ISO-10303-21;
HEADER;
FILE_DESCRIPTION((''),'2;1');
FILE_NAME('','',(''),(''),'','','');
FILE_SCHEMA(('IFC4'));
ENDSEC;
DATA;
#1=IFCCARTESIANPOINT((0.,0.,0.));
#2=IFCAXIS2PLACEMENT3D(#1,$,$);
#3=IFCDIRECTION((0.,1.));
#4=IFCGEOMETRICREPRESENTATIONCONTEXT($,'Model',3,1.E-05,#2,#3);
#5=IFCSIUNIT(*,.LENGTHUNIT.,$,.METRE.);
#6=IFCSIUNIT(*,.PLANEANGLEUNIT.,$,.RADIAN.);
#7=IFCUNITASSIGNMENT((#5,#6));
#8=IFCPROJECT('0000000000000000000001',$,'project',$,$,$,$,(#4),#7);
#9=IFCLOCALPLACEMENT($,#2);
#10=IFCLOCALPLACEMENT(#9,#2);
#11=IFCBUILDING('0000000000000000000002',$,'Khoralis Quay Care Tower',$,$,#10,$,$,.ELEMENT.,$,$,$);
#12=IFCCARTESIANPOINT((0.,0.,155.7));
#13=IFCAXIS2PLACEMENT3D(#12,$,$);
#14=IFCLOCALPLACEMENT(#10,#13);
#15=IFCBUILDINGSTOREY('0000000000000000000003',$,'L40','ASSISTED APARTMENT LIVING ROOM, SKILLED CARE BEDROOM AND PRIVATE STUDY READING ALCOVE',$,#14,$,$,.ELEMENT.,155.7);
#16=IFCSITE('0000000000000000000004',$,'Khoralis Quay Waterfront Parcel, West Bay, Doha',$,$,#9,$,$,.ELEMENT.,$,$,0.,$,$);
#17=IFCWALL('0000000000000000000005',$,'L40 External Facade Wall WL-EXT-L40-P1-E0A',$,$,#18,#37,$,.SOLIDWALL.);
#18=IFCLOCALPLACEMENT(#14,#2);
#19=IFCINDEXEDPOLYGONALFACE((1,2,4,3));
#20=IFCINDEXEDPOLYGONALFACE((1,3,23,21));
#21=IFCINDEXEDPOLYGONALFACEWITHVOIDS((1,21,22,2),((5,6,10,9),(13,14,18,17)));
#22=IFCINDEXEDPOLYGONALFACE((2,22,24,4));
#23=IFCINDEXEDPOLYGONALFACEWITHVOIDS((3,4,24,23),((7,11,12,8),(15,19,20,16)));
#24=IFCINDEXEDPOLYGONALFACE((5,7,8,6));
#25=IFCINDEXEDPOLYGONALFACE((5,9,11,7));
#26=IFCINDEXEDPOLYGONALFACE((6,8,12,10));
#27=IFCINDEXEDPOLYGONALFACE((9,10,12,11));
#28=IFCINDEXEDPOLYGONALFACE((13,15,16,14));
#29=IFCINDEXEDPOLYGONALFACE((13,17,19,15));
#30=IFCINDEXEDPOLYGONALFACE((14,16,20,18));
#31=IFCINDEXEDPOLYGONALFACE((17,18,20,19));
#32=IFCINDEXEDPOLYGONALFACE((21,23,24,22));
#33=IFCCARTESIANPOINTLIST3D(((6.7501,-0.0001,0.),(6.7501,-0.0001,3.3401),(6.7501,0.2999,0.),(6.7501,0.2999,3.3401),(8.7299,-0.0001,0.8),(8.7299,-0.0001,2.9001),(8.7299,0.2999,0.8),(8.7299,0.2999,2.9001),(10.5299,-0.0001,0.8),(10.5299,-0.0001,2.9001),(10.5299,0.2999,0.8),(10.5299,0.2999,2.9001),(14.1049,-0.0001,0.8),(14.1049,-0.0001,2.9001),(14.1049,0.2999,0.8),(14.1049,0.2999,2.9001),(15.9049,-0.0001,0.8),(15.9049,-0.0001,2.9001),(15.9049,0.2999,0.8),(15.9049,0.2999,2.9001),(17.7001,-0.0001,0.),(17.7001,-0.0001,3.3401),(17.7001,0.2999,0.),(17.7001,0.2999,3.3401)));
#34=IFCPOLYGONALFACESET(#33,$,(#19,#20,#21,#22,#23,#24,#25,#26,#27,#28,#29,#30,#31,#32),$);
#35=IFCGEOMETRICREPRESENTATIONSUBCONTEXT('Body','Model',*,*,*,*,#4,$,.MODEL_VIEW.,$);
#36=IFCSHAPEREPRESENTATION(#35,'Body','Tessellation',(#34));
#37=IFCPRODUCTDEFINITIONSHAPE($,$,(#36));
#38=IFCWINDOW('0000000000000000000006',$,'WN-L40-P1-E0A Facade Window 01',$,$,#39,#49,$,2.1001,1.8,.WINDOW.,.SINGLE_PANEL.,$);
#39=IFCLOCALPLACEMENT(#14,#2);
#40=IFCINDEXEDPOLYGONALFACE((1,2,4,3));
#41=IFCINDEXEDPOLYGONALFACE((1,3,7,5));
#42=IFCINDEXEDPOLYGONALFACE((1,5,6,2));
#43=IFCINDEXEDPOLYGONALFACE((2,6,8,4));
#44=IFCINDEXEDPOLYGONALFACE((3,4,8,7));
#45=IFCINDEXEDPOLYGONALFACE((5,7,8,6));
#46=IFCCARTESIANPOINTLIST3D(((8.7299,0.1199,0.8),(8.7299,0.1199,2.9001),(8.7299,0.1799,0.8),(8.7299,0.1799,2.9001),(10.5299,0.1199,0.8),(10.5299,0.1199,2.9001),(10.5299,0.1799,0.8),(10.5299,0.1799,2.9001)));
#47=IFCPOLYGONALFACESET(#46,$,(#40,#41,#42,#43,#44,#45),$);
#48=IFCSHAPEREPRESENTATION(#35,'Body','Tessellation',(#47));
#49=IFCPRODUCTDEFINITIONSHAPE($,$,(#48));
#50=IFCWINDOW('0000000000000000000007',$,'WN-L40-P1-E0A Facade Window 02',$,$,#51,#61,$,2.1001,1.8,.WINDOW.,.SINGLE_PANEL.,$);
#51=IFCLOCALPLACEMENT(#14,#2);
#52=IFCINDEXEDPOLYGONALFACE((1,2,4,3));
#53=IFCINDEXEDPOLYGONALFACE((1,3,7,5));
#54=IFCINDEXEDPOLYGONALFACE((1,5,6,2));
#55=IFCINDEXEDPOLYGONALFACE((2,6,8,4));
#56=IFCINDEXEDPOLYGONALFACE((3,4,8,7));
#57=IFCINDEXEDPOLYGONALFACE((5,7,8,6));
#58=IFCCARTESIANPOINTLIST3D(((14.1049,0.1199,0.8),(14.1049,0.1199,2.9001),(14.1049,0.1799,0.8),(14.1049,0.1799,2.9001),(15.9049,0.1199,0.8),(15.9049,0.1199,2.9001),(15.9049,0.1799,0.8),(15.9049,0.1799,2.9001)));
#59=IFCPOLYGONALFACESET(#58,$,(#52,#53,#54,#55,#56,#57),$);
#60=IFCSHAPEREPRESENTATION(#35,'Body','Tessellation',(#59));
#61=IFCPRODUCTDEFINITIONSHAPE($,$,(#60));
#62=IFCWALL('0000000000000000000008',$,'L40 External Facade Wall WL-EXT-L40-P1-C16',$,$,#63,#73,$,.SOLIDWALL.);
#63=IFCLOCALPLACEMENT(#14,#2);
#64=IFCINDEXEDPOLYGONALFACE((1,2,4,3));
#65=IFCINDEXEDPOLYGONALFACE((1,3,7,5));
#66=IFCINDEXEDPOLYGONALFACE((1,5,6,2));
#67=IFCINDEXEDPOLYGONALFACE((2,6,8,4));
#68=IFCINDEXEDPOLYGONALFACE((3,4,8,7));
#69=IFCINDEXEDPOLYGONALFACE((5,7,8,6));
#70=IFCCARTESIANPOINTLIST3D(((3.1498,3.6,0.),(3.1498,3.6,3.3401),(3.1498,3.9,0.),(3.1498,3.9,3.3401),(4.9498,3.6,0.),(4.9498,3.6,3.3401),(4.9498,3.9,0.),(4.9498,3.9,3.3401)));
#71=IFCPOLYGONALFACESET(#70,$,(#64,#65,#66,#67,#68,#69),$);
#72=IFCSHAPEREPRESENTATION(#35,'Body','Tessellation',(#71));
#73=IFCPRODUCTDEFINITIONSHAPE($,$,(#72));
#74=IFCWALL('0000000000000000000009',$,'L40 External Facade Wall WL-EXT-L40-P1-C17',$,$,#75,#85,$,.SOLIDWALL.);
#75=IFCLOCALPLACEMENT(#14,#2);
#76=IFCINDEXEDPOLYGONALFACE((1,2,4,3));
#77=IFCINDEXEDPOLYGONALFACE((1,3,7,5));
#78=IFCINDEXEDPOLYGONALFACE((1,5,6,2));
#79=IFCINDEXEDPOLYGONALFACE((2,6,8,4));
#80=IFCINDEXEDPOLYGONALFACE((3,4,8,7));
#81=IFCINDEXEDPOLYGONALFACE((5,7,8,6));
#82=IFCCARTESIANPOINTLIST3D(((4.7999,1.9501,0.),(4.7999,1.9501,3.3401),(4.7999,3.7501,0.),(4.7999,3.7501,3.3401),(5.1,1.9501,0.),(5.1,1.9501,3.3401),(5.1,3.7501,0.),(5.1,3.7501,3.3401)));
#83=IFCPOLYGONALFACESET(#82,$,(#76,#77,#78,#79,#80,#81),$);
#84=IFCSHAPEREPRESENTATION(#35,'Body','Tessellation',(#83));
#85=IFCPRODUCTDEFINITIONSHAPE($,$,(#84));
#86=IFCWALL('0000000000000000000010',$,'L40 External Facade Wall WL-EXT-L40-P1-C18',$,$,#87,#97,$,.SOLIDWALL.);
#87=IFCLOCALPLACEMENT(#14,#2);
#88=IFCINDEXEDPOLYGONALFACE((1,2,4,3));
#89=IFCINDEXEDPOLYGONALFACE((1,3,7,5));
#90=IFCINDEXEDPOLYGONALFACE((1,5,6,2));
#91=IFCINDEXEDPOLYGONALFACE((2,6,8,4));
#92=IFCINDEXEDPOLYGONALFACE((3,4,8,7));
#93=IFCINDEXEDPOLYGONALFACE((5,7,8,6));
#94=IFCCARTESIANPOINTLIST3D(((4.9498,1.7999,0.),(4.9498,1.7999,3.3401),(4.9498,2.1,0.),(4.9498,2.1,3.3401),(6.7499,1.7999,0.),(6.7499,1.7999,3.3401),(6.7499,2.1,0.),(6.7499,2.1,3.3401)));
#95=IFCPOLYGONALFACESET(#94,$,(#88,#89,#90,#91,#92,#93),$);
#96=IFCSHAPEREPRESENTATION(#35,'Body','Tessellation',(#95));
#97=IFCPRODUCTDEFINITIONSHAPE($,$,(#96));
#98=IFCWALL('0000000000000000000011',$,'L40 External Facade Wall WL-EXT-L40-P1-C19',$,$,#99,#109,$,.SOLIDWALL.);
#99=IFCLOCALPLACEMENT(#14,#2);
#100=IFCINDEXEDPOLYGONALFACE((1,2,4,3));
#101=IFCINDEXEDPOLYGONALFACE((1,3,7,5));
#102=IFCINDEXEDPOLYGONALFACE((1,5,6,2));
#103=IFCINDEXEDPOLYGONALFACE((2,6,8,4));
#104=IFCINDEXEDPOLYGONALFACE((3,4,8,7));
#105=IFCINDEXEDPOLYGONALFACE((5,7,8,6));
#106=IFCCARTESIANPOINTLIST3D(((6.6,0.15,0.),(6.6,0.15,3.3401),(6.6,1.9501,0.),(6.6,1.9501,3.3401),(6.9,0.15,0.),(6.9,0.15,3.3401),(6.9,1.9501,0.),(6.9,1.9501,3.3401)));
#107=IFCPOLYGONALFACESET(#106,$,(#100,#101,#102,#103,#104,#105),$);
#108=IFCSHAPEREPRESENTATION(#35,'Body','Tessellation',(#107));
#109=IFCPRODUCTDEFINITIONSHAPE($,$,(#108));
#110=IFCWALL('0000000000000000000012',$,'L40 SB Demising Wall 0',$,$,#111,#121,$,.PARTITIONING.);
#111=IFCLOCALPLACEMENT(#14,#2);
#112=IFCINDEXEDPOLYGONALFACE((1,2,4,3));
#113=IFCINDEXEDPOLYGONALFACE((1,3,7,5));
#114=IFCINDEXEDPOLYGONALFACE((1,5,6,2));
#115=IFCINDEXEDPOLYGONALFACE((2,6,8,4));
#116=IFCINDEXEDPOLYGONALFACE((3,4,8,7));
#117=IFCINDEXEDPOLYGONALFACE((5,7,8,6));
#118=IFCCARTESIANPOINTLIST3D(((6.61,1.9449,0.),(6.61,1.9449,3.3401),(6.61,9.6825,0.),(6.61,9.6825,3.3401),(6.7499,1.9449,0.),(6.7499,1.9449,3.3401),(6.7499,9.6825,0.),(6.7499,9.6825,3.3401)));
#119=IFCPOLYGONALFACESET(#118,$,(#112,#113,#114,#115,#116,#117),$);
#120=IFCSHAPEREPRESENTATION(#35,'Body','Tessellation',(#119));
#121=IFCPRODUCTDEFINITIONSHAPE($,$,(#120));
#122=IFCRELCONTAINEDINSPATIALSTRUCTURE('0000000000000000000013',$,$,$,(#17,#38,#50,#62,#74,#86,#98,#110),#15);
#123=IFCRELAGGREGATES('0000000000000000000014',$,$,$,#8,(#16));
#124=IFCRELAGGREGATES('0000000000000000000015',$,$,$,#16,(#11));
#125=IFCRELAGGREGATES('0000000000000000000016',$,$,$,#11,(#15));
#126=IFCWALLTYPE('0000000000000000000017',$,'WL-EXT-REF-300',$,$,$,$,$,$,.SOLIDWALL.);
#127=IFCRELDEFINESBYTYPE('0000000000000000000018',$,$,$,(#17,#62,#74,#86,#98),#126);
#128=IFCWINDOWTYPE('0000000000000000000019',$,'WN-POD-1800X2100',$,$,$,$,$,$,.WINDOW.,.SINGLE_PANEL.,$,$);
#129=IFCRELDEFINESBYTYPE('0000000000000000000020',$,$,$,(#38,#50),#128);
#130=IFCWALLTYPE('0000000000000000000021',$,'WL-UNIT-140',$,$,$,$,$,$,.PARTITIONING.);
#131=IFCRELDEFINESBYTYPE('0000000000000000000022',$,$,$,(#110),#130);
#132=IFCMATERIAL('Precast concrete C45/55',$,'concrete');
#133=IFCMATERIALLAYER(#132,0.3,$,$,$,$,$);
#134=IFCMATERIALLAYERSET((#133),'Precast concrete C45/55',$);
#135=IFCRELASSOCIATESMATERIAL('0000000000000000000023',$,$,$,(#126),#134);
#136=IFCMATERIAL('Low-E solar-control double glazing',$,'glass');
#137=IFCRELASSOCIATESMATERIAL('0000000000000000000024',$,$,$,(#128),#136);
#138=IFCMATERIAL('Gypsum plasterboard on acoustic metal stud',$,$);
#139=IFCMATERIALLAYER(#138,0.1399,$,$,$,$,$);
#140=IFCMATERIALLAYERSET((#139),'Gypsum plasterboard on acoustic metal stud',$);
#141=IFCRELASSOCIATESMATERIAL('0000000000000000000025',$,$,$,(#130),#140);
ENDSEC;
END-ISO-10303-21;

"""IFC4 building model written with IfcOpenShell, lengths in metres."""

from ifc_helpers import new_model, si_unit, direction, frame, frame_2d, origin, place, context, subcontext, project, spatial, rectangle, extrude, source, transform, mapped, material, layer, layer_set, type_object, element, fill, save


model = new_model("IFC4")

# Units and contexts
model_context = context("Model", 3, precision=1e-05, world=origin(), true_north=direction((0.0, 1.0)))
body_context = subcontext(model_context, "Body", "Model", "MODEL_VIEW")
ifc_project = project(units=[si_unit("LENGTHUNIT", "METRE"), si_unit("PLANEANGLEUNIT", "RADIAN")], contexts=[model_context])

# Site, building, storey
site_placement = place(None, origin())
site = spatial("IfcSite", under=ifc_project, at=site_placement, Name="Khoralis Quay Waterfront Parcel, West Bay, Doha", CompositionType="ELEMENT", RefElevation=0.0)
building_placement = place(site_placement, origin())
building = spatial("IfcBuilding", under=site, at=building_placement, Name="Khoralis Quay Care Tower", CompositionType="ELEMENT")
storey_placement = place(building_placement, frame((0.0, 0.0, 155.7)))
storey = spatial("IfcBuildingStorey", under=building, at=storey_placement, Name="L40", Description="ASSISTED APARTMENT LIVING ROOM, SKILLED CARE BEDROOM AND PRIVATE STUDY READING ALCOVE", CompositionType="ELEMENT", Elevation=155.7)

# Shared definitions
ifc_material_1 = material(Name="Precast concrete C45/55", Category="concrete")

# Shared definitions
ifc_material_2 = material(Name="Gypsum plasterboard on acoustic metal stud")

# Wall, openings, windows
ifc_layer_1 = layer(ifc_material_1, 0.3)
ifc_layer_set_1 = layer_set([ifc_layer_1], Name="Precast concrete C45/55")
wall_type_1 = type_object("IfcWallType", Name="WL-EXT-REF-300", PredefinedType="SOLIDWALL", material=ifc_layer_set_1)
wall_1_placement = place(storey_placement, frame((6.75, 0.1499, 0.0), z_axis=(0.0, 0.0, 1.0), x_axis=(1.0, 0.0, 0.0)))
wall_1 = element("IfcWall", 1, at=wall_1_placement, inside=storey, type_object=wall_type_1, Name="L40 External Facade Wall WL-EXT-L40-P1-E0A", PredefinedType="SOLIDWALL", context=body_context, shape_type="SweptSolid", body=[
    extrude(rectangle(XDim=10.95, YDim=0.3, at=frame_2d((5.4751, 0.0))), origin(), (0.0, 0.0, 1.0), 3.3401),
])
opening_1_placement = place(wall_1_placement, frame((1.98, 0.0, 0.8)))
opening_1 = element("IfcOpeningElement", 2, at=opening_1_placement, cuts=wall_1, PredefinedType="OPENING", context=body_context, shape_type="SweptSolid", body=[
    extrude(rectangle(XDim=1.8, YDim=2.1001, at=frame_2d((0.8999, 1.05))), frame((0.0, 0.1602, 0.0), z_axis=(0.0, -1.0, 0.0), x_axis=(1.0, 0.0, 0.0)), (0.0, 0.0, 1.0), 0.3201),
])
opening_2_placement = place(wall_1_placement, frame((7.355, 0.0, 0.8)))
opening_2 = element("IfcOpeningElement", 3, at=opening_2_placement, cuts=wall_1, PredefinedType="OPENING", context=body_context, shape_type="SweptSolid", body=[
    extrude(rectangle(XDim=1.8, YDim=2.1001, at=frame_2d((0.8999, 1.05))), frame((0.0, 0.1602, 0.0), z_axis=(0.0, -1.0, 0.0), x_axis=(1.0, 0.0, 0.0)), (0.0, 0.0, 1.0), 0.3201),
])
ifc_material_3 = material(Name="Low-E solar-control double glazing", Category="glass")
window_type = type_object("IfcWindowType", Name="WN-POD-1800X2100", PartitioningType="SINGLE_PANEL", PredefinedType="WINDOW", material=ifc_material_3)
shared_shape_1 = source(origin(), body_context, "Body", "SweptSolid", [
    extrude(rectangle(XDim=1.8, YDim=2.1001, at=frame_2d((0.8999, 1.05))), frame((0.0, 0.03, 0.0), z_axis=(0.0, -1.0, 0.0), x_axis=(1.0, 0.0, 0.0)), (0.0, 0.0, 1.0), 0.0601),
])
window_1_placement = place(opening_1_placement, origin())
window_1 = element("IfcWindow", 4, at=window_1_placement, inside=storey, type_object=window_type, Name="WN-L40-P1-E0A Facade Window 01", OverallHeight=2.1001, OverallWidth=1.8, PartitioningType="SINGLE_PANEL", PredefinedType="WINDOW", context=body_context, shape_type="MappedRepresentation", body=[
    mapped(shared_shape_1, transform((0.0, 0.0, 0.0), scale=1.0)),
])
fill(opening_1, window_1)
window_2_placement = place(opening_2_placement, origin())
window_2 = element("IfcWindow", 5, at=window_2_placement, inside=storey, type_object=window_type, Name="WN-L40-P1-E0A Facade Window 02", OverallHeight=2.1001, OverallWidth=1.8, PartitioningType="SINGLE_PANEL", PredefinedType="WINDOW", context=body_context, shape_type="MappedRepresentation", body=[
    mapped(shared_shape_1, transform((0.0, 0.0, 0.0), scale=1.0)),
])
fill(opening_2, window_2)

# Walls
for number, where, z_axis, x_axis, name in (
    (6, (3.1499, 3.75, 0.0), (0.0, 0.0, 1.0), (1.0, 0.0, 0.0), "L40 External Facade Wall WL-EXT-L40-P1-C16"),
    (7, (4.95, 3.75, 0.0), (0.0, 0.0, 1.0), (0.0, -1.0, 0.0), "L40 External Facade Wall WL-EXT-L40-P1-C17"),
    (8, (4.95, 1.95, 0.0), (0.0, 0.0, 1.0), (1.0, 0.0, 0.0), "L40 External Facade Wall WL-EXT-L40-P1-C18"),
    (9, (6.75, 1.95, 0.0), (0.0, 0.0, 1.0), (0.0, -1.0, 0.0), "L40 External Facade Wall WL-EXT-L40-P1-C19"),
):
    element("IfcWall", number, at=place(storey_placement, frame(where, z_axis=z_axis, x_axis=x_axis)), inside=storey, type_object=wall_type_1, Name=name, PredefinedType="SOLIDWALL", context=body_context, shape_type="SweptSolid", body=[
        extrude(rectangle(XDim=1.8, YDim=0.3, at=frame_2d((0.8999, 0.0))), origin(), (0.0, 0.0, 1.0), 3.3401),
    ])
ifc_layer_2 = layer(ifc_material_2, 0.1399)
ifc_layer_set_2 = layer_set([ifc_layer_2], Name="Gypsum plasterboard on acoustic metal stud")
wall_type_2 = type_object("IfcWallType", Name="WL-UNIT-140", PredefinedType="PARTITIONING", material=ifc_layer_set_2)
wall_2_placement = place(storey_placement, frame((6.6799, 1.9451, 0.0), z_axis=(0.0, 0.0, 1.0), x_axis=(0.0, 1.0, 0.0)))
element("IfcWall", 10, at=wall_2_placement, inside=storey, type_object=wall_type_2, Name="L40 SB Demising Wall 0", PredefinedType="PARTITIONING", context=body_context, shape_type="SweptSolid", body=[
    extrude(rectangle(XDim=7.7375, YDim=0.1399, at=frame_2d((3.8687, 0.0))), origin(), (0.0, 0.0, 1.0), 3.3401),
])

save(model, "model.ifc")
